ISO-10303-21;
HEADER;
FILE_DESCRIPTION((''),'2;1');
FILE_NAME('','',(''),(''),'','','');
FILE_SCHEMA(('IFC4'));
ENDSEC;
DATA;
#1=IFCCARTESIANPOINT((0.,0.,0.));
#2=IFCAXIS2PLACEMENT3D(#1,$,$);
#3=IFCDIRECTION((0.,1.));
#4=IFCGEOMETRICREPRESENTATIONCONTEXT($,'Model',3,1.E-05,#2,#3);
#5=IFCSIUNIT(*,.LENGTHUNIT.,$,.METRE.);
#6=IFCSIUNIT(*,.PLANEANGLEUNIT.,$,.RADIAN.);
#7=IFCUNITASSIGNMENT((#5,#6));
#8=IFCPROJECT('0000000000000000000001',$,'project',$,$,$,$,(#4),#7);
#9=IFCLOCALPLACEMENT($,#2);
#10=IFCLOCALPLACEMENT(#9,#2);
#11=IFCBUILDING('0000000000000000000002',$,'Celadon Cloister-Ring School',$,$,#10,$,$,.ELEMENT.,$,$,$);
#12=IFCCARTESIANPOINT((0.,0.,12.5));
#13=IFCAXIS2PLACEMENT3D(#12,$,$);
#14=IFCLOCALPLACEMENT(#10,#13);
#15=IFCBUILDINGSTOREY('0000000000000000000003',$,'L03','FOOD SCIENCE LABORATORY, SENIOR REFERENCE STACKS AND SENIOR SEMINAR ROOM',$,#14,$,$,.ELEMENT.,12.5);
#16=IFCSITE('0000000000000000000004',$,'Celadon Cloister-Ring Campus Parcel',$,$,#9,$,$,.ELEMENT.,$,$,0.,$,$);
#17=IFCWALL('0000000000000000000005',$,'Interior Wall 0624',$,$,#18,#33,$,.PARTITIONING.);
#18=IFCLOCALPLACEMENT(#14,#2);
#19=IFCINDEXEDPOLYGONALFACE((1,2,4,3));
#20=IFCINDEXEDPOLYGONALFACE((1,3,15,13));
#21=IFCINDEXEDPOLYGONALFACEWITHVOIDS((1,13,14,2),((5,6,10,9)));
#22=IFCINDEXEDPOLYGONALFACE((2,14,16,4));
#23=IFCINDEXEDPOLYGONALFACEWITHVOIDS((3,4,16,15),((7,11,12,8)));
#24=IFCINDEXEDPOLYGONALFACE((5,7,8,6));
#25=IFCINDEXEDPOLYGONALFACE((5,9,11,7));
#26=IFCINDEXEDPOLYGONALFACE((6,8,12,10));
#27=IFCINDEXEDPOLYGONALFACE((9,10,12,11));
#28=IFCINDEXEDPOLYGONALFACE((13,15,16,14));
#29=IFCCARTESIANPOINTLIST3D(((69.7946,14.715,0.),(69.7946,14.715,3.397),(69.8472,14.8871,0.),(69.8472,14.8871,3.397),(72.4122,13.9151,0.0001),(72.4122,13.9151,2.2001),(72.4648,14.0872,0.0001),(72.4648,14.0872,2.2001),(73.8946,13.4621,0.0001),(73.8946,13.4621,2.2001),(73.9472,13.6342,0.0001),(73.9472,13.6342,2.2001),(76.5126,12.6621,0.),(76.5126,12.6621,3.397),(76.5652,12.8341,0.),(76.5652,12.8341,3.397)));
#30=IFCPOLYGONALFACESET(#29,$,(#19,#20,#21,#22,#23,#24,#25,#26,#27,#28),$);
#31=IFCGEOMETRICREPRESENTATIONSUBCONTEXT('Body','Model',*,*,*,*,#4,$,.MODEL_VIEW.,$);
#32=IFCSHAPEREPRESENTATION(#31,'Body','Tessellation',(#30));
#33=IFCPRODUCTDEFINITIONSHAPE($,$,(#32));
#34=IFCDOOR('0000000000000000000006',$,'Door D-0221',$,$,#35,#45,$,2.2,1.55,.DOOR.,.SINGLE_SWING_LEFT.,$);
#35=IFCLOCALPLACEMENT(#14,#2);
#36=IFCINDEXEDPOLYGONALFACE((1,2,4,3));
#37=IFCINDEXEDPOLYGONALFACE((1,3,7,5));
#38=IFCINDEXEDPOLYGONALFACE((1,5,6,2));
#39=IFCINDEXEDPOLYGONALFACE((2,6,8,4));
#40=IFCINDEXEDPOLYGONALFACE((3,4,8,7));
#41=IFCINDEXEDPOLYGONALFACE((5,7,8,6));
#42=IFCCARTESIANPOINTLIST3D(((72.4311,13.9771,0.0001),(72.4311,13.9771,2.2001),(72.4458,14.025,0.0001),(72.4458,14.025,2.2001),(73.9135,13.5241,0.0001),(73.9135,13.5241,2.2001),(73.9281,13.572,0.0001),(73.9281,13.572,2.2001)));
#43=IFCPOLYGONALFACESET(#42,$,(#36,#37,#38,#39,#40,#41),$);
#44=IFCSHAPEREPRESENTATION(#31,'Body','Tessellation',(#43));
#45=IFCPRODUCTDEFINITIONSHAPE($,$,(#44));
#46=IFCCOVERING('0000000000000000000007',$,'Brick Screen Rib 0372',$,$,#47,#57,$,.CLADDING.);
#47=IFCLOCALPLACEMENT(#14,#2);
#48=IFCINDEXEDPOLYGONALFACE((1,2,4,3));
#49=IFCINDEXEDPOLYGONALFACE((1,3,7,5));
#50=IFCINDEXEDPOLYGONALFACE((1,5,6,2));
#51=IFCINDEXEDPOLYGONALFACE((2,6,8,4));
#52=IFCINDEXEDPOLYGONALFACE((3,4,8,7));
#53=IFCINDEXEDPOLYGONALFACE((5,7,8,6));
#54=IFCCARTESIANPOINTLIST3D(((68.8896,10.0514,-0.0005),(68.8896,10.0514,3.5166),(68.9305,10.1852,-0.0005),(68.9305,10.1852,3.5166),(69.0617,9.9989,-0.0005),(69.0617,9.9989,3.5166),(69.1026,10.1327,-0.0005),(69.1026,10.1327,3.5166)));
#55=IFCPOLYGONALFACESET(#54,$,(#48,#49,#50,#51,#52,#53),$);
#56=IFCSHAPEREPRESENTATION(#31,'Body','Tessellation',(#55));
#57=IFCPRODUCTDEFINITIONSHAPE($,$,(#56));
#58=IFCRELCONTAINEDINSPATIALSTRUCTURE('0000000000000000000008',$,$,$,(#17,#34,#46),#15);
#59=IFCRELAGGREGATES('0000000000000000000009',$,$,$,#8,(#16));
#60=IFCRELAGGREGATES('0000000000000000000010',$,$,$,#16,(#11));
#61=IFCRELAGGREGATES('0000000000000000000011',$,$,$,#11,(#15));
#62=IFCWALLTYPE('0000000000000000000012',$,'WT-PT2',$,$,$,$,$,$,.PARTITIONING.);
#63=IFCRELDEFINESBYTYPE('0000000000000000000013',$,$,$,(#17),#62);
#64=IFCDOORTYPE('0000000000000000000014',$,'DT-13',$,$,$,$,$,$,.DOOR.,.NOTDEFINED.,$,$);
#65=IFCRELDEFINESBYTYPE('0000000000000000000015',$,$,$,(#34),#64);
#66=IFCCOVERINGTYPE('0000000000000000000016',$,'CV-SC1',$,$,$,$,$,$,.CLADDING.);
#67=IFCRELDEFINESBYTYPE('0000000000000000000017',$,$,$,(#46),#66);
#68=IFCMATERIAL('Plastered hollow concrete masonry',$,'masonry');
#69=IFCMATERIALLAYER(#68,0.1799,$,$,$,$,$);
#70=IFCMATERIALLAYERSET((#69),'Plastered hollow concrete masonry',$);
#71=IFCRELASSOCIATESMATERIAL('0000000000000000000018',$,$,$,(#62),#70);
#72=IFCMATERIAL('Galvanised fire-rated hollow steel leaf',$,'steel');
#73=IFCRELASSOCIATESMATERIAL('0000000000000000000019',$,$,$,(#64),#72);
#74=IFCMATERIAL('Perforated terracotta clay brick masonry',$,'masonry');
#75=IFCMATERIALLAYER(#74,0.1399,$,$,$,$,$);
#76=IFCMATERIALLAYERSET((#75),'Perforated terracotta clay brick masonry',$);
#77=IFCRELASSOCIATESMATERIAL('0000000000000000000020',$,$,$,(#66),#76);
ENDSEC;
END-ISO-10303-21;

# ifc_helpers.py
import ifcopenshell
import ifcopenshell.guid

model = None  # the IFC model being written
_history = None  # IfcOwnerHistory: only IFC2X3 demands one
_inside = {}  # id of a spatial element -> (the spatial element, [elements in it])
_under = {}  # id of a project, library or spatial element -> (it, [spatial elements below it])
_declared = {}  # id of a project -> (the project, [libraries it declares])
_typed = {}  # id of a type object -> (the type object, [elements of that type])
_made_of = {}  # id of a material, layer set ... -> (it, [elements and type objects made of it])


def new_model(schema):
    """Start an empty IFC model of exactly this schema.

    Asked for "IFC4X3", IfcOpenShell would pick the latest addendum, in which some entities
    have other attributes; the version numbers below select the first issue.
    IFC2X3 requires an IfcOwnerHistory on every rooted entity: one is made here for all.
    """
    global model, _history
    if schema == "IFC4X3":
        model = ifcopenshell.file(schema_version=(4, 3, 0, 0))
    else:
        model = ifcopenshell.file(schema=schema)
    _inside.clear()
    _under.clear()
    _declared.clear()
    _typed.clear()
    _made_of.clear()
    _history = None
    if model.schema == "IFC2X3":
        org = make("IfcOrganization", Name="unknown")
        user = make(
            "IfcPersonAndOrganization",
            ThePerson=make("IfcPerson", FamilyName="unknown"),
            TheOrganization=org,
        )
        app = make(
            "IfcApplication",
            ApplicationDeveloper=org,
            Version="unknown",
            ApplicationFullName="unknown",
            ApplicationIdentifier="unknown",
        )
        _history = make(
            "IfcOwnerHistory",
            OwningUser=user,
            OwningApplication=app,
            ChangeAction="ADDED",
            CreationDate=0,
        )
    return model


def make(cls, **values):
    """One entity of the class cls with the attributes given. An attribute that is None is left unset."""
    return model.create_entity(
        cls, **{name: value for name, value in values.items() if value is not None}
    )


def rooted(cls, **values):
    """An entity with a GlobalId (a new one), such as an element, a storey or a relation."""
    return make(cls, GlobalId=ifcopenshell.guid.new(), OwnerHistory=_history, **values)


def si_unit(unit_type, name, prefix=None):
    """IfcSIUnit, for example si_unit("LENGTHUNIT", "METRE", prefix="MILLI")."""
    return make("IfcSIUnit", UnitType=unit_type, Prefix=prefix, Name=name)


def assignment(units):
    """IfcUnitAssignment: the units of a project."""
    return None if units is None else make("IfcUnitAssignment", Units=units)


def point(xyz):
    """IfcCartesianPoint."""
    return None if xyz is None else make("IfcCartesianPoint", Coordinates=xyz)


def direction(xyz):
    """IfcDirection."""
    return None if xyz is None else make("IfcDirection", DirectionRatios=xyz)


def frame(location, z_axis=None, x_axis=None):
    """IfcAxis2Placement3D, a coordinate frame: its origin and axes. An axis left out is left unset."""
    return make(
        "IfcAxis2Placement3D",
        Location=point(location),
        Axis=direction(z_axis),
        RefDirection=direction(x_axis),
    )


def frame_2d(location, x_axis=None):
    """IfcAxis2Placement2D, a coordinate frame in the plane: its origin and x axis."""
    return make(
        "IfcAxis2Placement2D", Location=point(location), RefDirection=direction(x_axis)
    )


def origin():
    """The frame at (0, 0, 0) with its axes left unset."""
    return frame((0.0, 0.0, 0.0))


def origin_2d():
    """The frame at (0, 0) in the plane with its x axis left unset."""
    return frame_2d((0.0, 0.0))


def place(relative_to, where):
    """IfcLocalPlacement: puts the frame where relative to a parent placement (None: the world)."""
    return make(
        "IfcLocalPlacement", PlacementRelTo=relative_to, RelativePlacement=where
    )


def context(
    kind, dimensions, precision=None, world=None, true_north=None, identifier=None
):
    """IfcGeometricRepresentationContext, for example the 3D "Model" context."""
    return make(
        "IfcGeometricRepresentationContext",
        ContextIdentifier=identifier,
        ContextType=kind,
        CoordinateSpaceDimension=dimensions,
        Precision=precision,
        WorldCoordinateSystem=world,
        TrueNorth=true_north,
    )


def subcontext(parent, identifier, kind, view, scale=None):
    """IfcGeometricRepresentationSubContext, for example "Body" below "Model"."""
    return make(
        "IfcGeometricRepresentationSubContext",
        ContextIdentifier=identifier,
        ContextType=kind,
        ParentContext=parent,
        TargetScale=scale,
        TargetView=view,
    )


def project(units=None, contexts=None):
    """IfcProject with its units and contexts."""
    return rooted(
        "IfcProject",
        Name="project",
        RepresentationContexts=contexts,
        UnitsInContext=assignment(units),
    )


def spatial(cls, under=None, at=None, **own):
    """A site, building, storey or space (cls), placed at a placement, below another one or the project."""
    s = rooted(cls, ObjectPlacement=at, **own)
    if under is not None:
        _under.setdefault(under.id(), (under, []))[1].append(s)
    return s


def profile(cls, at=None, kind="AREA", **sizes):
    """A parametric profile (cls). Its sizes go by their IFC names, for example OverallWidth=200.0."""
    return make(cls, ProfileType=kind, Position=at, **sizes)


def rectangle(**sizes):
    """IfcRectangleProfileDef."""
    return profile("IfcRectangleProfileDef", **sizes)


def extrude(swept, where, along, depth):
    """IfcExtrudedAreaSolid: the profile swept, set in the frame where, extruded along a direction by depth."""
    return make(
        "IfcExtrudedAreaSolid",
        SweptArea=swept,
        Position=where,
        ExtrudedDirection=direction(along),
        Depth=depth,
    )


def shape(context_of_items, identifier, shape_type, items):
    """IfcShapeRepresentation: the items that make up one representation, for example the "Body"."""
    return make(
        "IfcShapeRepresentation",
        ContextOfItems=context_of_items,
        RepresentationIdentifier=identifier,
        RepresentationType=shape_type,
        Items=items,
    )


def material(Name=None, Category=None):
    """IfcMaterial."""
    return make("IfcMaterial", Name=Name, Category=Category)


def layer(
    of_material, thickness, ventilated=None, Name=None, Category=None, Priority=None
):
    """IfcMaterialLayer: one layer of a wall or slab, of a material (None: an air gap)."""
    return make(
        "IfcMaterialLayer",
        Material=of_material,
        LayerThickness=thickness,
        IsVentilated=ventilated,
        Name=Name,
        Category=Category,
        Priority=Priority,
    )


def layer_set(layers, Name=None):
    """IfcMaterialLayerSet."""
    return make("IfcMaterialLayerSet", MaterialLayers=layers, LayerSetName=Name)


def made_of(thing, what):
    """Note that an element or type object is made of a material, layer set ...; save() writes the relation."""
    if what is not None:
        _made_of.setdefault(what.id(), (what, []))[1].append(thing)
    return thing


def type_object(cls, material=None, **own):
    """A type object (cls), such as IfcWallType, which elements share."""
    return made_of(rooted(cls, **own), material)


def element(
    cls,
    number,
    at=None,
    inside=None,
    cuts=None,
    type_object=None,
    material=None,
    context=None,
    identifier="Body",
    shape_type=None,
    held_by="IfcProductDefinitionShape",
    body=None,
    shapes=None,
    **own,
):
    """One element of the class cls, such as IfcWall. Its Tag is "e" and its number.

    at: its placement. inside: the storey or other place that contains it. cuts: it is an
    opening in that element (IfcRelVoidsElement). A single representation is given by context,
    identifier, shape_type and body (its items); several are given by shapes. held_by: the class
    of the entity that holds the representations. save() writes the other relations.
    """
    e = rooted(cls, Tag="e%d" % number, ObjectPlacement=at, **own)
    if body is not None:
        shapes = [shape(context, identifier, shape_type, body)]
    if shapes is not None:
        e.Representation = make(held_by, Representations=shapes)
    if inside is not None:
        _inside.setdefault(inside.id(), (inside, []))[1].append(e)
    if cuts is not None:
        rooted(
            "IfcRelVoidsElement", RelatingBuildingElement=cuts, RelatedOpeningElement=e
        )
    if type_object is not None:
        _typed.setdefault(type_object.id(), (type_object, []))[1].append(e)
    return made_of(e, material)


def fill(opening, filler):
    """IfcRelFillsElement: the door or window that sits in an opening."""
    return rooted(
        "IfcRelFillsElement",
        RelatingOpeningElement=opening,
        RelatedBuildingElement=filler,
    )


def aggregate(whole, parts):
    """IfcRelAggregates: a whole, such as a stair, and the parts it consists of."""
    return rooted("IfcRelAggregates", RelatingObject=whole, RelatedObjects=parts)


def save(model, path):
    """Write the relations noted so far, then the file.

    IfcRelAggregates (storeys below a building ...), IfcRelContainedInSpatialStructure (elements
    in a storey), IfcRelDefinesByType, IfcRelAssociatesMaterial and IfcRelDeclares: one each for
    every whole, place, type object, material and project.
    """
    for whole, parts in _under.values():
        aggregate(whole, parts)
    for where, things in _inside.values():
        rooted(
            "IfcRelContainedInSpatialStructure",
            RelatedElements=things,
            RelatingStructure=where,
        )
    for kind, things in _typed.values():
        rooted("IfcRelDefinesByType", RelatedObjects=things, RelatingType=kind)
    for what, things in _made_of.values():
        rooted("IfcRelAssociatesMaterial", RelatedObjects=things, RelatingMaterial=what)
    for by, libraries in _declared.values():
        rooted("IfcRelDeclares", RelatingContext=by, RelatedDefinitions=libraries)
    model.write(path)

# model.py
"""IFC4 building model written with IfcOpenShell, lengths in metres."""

from ifc_helpers import new_model, si_unit, direction, frame, frame_2d, origin, origin_2d, place, context, subcontext, project, spatial, rectangle, extrude, material, layer, layer_set, type_object, element, fill, save


model = new_model("IFC4")

# Units and contexts
model_context = context("Model", 3, precision=1e-05, world=origin(), true_north=direction((0.0, 1.0)))
body_context = subcontext(model_context, "Body", "Model", "MODEL_VIEW")
ifc_project = project(units=[si_unit("LENGTHUNIT", "METRE"), si_unit("PLANEANGLEUNIT", "RADIAN")], contexts=[model_context])

# Site, building, storey
site_placement = place(None, origin())
site = spatial("IfcSite", under=ifc_project, at=site_placement, Name="Celadon Cloister-Ring Campus Parcel", CompositionType="ELEMENT", RefElevation=0.0)
building_placement = place(site_placement, origin())
building = spatial("IfcBuilding", under=site, at=building_placement, Name="Celadon Cloister-Ring School", CompositionType="ELEMENT")
storey_placement = place(building_placement, frame((0.0, 0.0, 12.5)))
storey = spatial("IfcBuildingStorey", under=building, at=storey_placement, Name="L03", Description="FOOD SCIENCE LABORATORY, SENIOR REFERENCE STACKS AND SENIOR SEMINAR ROOM", CompositionType="ELEMENT", Elevation=12.5)

# Wall, opening, door
ifc_material_1 = material(Name="Plastered hollow concrete masonry", Category="masonry")
ifc_layer_1 = layer(ifc_material_1, 0.1799)
ifc_layer_set_1 = layer_set([ifc_layer_1], Name="Plastered hollow concrete masonry")
wall_type = type_object("IfcWallType", Name="WT-PT2", PredefinedType="PARTITIONING", material=ifc_layer_set_1)
wall_placement = place(storey_placement, frame((69.821, 14.801, 0.0), z_axis=(0.0, 0.0, 1.0), x_axis=(0.956342, -0.292251, 0.0)))
wall = element("IfcWall", 1, at=wall_placement, inside=storey, type_object=wall_type, Name="Interior Wall 0624", PredefinedType="PARTITIONING", context=body_context, shape_type="SweptSolid", body=[
    extrude(rectangle(XDim=7.0247, YDim=0.1799, at=frame_2d((3.5122, 0.0))), origin(), (0.0, 0.0, 1.0), 3.397),
])
opening_placement = place(wall_placement, frame((2.7371, 0.0, 0.0)))
opening = element("IfcOpeningElement", 2, at=opening_placement, cuts=wall, PredefinedType="OPENING", context=body_context, shape_type="SweptSolid", body=[
    extrude(rectangle(XDim=1.55, YDim=2.2, at=frame_2d((0.7749, 1.1001))), frame((0.0, 0.1001, 0.0), z_axis=(0.0, -1.0, 0.0), x_axis=(1.0, 0.0, 0.0)), (0.0, 0.0, 1.0), 0.2),
])
ifc_material_2 = material(Name="Galvanised fire-rated hollow steel leaf", Category="steel")
door_type = type_object("IfcDoorType", Name="DT-13", OperationType="NOTDEFINED", PredefinedType="DOOR", material=ifc_material_2)
door_placement = place(opening_placement, origin())
door = element("IfcDoor", 3, at=door_placement, inside=storey, type_object=door_type, Name="Door D-0221", OperationType="SINGLE_SWING_LEFT", OverallHeight=2.2, OverallWidth=1.55, PredefinedType="DOOR", context=body_context, shape_type="SweptSolid", body=[
    extrude(rectangle(XDim=1.55, YDim=2.2, at=frame_2d((0.7749, 1.1001))), frame((0.0, 0.0249, 0.0), z_axis=(0.0, -1.0, 0.0), x_axis=(1.0, 0.0, 0.0)), (0.0, 0.0, 1.0), 0.05),
])
fill(opening, door)

# Covering
ifc_material_3 = material(Name="Perforated terracotta clay brick masonry", Category="masonry")
ifc_layer_2 = layer(ifc_material_3, 0.1399)
ifc_layer_set_2 = layer_set([ifc_layer_2], Name="Perforated terracotta clay brick masonry")
covering_type = type_object("IfcCoveringType", Name="CV-SC1", PredefinedType="CLADDING", material=ifc_layer_set_2)
covering_placement = place(storey_placement, frame((68.9961, 10.092, -0.0005), z_axis=(0.0, 0.0, 1.0), x_axis=(-0.956371, 0.292155, 0.0)))
element("IfcCovering", 4, at=covering_placement, inside=storey, type_object=covering_type, Name="Brick Screen Rib 0372", PredefinedType="CLADDING", context=body_context, shape_type="SweptSolid", body=[
    extrude(rectangle(XDim=0.1799, YDim=0.1399, at=origin_2d()), origin(), (0.0, 0.0, 1.0), 3.5171),
])

save(model, "model.ifc")
